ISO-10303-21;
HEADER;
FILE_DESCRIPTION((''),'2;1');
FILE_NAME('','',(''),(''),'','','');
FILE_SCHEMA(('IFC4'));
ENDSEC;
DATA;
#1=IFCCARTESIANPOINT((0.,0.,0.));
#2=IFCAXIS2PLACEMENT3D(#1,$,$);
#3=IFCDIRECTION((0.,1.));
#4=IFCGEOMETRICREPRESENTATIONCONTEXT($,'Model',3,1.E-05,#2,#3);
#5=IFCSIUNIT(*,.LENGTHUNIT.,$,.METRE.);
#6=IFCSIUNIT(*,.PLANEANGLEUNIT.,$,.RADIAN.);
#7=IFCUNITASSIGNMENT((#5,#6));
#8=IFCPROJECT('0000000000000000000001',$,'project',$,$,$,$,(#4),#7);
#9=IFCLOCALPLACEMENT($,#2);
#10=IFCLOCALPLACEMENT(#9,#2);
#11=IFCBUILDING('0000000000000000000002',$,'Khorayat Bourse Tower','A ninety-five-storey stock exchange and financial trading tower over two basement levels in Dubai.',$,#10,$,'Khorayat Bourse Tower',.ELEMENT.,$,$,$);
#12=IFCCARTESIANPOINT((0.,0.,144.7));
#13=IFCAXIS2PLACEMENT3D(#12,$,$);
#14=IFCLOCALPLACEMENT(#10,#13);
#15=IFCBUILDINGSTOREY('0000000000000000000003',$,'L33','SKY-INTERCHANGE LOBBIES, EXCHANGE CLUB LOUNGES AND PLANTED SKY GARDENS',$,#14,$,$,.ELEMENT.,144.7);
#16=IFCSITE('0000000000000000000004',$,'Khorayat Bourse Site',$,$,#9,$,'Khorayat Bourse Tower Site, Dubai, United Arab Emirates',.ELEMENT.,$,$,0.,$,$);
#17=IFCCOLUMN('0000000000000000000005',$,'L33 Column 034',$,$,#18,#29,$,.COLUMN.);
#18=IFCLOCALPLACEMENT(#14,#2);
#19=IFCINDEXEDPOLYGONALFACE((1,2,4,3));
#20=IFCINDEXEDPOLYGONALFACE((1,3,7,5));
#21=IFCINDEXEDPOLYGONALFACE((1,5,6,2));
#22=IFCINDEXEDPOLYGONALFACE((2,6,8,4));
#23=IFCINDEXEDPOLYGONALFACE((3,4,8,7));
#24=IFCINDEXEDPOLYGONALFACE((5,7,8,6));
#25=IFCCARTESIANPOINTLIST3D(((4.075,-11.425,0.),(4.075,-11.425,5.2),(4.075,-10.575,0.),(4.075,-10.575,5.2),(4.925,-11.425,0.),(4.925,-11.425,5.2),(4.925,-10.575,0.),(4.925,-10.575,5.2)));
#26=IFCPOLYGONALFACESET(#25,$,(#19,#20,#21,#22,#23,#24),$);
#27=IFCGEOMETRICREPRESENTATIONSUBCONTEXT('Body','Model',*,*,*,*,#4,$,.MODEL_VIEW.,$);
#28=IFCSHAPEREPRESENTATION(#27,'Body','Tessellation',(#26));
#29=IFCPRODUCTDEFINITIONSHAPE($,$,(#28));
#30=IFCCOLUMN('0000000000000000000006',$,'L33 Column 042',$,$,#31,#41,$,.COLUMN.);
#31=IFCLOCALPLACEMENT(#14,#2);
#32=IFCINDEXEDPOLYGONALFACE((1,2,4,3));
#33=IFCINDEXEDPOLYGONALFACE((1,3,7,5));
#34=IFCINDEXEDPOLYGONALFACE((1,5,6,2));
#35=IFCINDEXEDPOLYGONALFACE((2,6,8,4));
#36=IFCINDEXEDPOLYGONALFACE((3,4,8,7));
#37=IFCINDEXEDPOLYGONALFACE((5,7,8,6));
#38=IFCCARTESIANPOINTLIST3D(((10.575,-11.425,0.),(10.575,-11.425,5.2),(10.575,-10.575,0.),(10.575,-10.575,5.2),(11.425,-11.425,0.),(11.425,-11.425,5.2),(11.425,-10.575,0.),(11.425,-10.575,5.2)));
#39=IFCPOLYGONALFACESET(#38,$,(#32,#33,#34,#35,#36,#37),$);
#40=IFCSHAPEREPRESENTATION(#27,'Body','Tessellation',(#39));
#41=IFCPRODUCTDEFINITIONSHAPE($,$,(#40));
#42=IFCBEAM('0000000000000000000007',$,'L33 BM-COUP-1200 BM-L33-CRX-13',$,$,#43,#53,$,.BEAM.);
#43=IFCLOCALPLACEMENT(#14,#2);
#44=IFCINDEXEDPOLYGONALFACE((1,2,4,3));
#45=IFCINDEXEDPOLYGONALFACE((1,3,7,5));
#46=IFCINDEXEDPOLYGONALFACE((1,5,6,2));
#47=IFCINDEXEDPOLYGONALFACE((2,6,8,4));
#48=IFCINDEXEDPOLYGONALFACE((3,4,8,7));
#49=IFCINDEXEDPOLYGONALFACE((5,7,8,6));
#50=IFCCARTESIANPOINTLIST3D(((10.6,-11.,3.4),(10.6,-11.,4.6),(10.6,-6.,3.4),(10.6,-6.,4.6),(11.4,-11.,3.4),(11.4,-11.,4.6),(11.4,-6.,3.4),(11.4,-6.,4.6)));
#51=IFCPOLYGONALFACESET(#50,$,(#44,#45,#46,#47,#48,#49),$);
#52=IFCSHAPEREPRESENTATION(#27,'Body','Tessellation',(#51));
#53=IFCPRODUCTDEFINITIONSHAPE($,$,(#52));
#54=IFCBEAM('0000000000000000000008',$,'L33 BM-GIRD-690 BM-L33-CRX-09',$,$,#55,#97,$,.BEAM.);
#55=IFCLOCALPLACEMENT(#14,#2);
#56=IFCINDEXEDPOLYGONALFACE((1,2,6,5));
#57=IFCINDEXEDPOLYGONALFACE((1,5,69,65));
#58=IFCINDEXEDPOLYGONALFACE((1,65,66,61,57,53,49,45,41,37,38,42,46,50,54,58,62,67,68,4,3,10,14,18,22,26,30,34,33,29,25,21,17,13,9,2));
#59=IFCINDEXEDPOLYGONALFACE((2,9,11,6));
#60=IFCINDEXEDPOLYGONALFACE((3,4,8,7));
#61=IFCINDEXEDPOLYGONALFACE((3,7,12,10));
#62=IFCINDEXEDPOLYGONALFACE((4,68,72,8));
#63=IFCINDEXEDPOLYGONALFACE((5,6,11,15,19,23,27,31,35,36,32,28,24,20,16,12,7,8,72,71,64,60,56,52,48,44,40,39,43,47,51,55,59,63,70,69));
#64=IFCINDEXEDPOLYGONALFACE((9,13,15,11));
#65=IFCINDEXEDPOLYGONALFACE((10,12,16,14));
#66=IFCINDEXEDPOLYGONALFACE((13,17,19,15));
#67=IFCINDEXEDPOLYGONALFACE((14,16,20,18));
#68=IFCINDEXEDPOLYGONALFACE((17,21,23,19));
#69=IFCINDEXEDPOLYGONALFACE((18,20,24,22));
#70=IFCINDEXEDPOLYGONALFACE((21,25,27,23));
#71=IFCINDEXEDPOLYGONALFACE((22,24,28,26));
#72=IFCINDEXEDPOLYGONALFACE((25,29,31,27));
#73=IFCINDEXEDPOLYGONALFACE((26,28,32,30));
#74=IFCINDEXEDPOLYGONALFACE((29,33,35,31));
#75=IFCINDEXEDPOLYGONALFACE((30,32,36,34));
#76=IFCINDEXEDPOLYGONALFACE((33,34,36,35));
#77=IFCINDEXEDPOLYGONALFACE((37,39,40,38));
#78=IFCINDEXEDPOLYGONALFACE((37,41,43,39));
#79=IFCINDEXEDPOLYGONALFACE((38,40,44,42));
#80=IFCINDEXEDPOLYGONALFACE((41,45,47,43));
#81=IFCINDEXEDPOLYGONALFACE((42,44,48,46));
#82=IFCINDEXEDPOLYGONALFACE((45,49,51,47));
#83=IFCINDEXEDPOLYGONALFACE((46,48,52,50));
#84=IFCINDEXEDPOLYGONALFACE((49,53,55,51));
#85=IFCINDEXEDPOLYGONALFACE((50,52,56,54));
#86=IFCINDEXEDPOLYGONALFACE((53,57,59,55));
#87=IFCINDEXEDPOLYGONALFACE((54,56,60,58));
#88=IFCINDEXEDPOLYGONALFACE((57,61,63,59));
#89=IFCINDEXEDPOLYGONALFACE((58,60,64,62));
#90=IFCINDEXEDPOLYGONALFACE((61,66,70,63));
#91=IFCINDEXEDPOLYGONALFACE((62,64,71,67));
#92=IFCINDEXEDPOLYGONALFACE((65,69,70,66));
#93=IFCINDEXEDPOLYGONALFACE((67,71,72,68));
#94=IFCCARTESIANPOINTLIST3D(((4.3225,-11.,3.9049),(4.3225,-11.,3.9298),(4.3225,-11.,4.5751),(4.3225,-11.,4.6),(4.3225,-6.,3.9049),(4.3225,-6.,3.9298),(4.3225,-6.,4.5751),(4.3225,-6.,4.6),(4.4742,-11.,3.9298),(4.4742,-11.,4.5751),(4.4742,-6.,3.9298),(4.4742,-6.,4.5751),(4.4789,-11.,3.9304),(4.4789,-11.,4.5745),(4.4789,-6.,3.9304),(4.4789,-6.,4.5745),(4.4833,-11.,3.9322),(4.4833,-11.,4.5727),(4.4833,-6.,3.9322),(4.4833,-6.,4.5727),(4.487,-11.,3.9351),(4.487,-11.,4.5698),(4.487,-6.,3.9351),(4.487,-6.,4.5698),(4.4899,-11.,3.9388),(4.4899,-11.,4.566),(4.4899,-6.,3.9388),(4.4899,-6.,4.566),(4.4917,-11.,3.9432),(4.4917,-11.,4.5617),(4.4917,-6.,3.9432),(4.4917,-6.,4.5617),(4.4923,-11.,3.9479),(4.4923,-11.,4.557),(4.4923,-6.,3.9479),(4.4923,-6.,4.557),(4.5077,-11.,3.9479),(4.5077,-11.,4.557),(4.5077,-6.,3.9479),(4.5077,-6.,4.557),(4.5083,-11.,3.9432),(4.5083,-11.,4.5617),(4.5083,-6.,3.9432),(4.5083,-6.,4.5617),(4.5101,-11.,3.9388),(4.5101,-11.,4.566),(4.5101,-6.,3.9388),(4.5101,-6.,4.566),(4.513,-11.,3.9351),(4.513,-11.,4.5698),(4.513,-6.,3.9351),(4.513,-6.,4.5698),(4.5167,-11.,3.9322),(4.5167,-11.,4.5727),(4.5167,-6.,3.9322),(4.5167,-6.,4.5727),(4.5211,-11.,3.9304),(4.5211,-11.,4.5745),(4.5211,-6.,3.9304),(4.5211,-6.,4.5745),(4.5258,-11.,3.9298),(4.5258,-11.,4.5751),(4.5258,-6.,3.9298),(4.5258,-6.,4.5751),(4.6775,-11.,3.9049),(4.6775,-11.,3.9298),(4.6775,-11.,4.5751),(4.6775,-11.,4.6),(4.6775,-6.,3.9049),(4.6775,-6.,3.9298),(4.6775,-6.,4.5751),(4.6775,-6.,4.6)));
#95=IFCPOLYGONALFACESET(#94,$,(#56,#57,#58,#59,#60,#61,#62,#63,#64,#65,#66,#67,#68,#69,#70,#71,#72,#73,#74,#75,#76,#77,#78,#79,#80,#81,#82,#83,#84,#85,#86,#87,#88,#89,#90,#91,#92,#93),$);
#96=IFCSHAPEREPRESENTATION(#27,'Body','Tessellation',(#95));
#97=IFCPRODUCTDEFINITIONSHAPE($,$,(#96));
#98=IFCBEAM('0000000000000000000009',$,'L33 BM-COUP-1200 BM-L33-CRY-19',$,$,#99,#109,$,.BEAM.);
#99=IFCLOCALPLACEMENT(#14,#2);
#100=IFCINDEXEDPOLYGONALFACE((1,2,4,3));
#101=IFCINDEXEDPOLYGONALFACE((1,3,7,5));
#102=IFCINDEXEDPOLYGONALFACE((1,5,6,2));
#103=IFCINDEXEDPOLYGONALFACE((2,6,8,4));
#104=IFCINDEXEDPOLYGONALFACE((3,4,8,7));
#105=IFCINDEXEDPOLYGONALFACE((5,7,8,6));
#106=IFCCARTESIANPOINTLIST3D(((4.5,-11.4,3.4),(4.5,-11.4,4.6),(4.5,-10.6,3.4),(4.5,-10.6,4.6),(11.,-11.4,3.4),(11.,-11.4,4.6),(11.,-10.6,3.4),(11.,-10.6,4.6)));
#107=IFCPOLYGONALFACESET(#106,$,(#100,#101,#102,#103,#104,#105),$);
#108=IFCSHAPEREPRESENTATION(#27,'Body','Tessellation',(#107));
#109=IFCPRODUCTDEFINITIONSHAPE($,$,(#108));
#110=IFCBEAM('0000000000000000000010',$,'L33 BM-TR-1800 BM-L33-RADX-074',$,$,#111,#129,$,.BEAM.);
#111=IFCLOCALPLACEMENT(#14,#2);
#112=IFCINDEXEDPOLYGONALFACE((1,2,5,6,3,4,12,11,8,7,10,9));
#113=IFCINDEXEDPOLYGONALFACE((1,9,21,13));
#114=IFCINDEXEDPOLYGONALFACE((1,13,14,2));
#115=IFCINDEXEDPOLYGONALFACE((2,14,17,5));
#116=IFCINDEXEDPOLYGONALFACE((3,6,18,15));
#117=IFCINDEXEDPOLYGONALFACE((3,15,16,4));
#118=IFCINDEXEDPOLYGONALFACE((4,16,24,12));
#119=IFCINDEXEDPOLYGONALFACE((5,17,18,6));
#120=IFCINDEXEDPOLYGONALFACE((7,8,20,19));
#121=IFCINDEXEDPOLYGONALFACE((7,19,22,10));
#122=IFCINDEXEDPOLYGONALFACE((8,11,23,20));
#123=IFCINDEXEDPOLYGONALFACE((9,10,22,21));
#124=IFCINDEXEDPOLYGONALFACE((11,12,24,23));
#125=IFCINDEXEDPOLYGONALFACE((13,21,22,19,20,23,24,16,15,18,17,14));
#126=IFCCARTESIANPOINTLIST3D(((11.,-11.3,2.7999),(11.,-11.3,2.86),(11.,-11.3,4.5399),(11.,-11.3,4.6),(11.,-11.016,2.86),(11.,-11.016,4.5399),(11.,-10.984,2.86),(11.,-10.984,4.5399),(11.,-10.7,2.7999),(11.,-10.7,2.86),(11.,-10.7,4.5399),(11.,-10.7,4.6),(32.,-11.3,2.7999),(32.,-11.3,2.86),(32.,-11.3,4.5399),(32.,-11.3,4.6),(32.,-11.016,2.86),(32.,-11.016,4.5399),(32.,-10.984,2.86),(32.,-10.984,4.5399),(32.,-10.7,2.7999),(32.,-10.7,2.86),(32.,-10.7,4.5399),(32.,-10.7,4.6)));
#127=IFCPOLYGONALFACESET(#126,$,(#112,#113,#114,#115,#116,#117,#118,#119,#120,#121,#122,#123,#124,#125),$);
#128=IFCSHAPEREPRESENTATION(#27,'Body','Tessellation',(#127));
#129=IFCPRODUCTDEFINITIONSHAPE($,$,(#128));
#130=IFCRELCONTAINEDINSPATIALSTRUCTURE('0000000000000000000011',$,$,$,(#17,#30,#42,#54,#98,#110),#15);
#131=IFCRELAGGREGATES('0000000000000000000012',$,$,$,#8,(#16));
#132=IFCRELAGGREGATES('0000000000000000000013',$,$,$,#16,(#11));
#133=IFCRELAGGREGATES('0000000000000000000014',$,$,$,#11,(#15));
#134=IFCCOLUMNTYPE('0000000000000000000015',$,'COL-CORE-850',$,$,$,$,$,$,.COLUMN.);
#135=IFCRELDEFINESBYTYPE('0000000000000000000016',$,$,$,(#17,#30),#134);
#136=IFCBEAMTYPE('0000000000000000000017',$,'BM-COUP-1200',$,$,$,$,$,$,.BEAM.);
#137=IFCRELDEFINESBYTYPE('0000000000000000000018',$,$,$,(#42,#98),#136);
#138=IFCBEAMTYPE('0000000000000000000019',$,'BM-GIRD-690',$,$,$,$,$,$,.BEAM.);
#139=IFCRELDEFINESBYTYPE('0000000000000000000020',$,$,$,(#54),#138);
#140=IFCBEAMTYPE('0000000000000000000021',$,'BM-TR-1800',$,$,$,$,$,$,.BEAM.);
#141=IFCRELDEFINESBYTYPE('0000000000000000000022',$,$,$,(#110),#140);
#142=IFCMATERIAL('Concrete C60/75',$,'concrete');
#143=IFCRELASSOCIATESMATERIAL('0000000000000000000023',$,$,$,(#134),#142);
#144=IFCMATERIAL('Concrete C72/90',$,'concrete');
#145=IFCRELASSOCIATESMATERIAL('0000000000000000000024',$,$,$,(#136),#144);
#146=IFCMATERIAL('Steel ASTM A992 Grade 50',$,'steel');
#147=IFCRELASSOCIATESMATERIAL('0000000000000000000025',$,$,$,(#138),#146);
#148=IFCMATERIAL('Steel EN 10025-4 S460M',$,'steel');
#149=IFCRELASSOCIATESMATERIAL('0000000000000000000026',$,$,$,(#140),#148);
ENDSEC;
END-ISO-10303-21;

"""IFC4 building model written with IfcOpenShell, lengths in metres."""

from ifc_helpers import new_model, si_unit, direction, frame, origin, origin_2d, place, context, subcontext, project, spatial, rectangle, i_section, extrude, source, transform, mapped, material, material_profile, profile_set, type_object, element, save


model = new_model("IFC4")

# Units and contexts
model_context = context("Model", 3, precision=1e-05, world=origin(), true_north=direction((0.0, 1.0)))
body_context = subcontext(model_context, "Body", "Model", "MODEL_VIEW")
ifc_project = project(units=[si_unit("LENGTHUNIT", "METRE"), si_unit("PLANEANGLEUNIT", "RADIAN")], contexts=[model_context])

# Site, building, storey
site_placement = place(None, origin())
site = spatial("IfcSite", under=ifc_project, at=site_placement, Name="Khorayat Bourse Site", LongName="Khorayat Bourse Tower Site, Dubai, United Arab Emirates", CompositionType="ELEMENT", RefElevation=0.0)
building_placement = place(site_placement, origin())
building = spatial("IfcBuilding", under=site, at=building_placement, Name="Khorayat Bourse Tower", Description="A ninety-five-storey stock exchange and financial trading tower over two basement levels in Dubai.", LongName="Khorayat Bourse Tower", CompositionType="ELEMENT")
storey_placement = place(building_placement, frame((0.0, 0.0, 144.7)))
storey = spatial("IfcBuildingStorey", under=building, at=storey_placement, Name="L33", Description="SKY-INTERCHANGE LOBBIES, EXCHANGE CLUB LOUNGES AND PLANTED SKY GARDENS", CompositionType="ELEMENT", Elevation=144.7)

# Columns
ifc_material_1 = material(Name="Concrete C60/75", Category="concrete")
ifc_material_profile_1 = material_profile(ifc_material_1, rectangle(XDim=0.8501, YDim=0.8501, at=origin_2d()), Name="RC 850x850")
ifc_profile_set_1 = profile_set([ifc_material_profile_1], Name="Concrete C60/75")
column_type = type_object("IfcColumnType", Name="COL-CORE-850", PredefinedType="COLUMN", material=ifc_profile_set_1)
shared_shape_1 = source(origin(), body_context, "Body", "SweptSolid", [
    extrude(rectangle(XDim=0.8501, YDim=0.8501, at=origin_2d()), origin(), (0.0, 0.0, 1.0), 5.2),
])
for number, where, z_axis, x_axis, name in (
    (1, (4.5, -11.0, 0.0), (0.0, 0.0, 1.0), (1.0, 0.0, 0.0), "L33 Column 034"),
    (2, (11.0, -11.0, 0.0), (0.0, 0.0, 1.0), (1.0, 0.0, 0.0), "L33 Column 042"),
):
    element("IfcColumn", number, at=place(storey_placement, frame(where, z_axis=z_axis, x_axis=x_axis)), inside=storey, type_object=column_type, Name=name, PredefinedType="COLUMN", context=body_context, shape_type="MappedRepresentation", body=[
        mapped(shared_shape_1, transform((0.0, 0.0, 0.0), scale=1.0)),
    ])

# Beams
ifc_material_2 = material(Name="Concrete C72/90", Category="concrete")
ifc_material_profile_2 = material_profile(ifc_material_2, rectangle(XDim=0.8, YDim=1.2, at=origin_2d()), Name="RC 800x1200")
ifc_profile_set_2 = profile_set([ifc_material_profile_2], Name="Concrete C72/90")
beam_type_1 = type_object("IfcBeamType", Name="BM-COUP-1200", PredefinedType="BEAM", material=ifc_profile_set_2)
shared_shape_2 = source(origin(), body_context, "Body", "SweptSolid", [
    extrude(rectangle(XDim=0.8, YDim=1.2, at=origin_2d()), origin(), (0.0, 0.0, 1.0), 5.0),
])
beam_1_placement = place(storey_placement, frame((11.0, -11.0, 4.0), z_axis=(0.0, 1.0, 0.0), x_axis=(-1.0, 0.0, 0.0)))
element("IfcBeam", 3, at=beam_1_placement, inside=storey, type_object=beam_type_1, Name="L33 BM-COUP-1200 BM-L33-CRX-13", PredefinedType="BEAM", context=body_context, shape_type="MappedRepresentation", body=[
    mapped(shared_shape_2, transform((0.0, 0.0, 0.0), scale=1.0)),
])
ifc_material_3 = material(Name="Steel ASTM A992 Grade 50", Category="steel")
ifc_material_profile_3 = material_profile(ifc_material_3, i_section(OverallWidth=0.355, OverallDepth=0.6951, WebThickness=0.0154, FlangeThickness=0.0249, FilletRadius=0.0181, at=origin_2d()), Name="W690X217")
ifc_profile_set_3 = profile_set([ifc_material_profile_3], Name="Steel ASTM A992 Grade 50")
beam_type_2 = type_object("IfcBeamType", Name="BM-GIRD-690", PredefinedType="BEAM", material=ifc_profile_set_3)
shared_shape_3 = source(origin(), body_context, "Body", "SweptSolid", [
    extrude(i_section(OverallWidth=0.355, OverallDepth=0.6951, WebThickness=0.0154, FlangeThickness=0.0249, FilletRadius=0.0181, at=origin_2d()), origin(), (0.0, 0.0, 1.0), 5.0),
])
beam_2_placement = place(storey_placement, frame((4.5, -11.0, 4.2524), z_axis=(0.0, 1.0, 0.0), x_axis=(-1.0, 0.0, 0.0)))
element("IfcBeam", 4, at=beam_2_placement, inside=storey, type_object=beam_type_2, Name="L33 BM-GIRD-690 BM-L33-CRX-09", PredefinedType="BEAM", context=body_context, shape_type="MappedRepresentation", body=[
    mapped(shared_shape_3, transform((0.0, 0.0, 0.0), scale=1.0)),
])
shared_shape_4 = source(origin(), body_context, "Body", "SweptSolid", [
    extrude(rectangle(XDim=0.8, YDim=1.2, at=origin_2d()), origin(), (0.0, 0.0, 1.0), 6.5),
])
beam_3_placement = place(storey_placement, frame((4.5, -11.0, 4.0), z_axis=(1.0, 0.0, 0.0), x_axis=(0.0, 1.0, 0.0)))
element("IfcBeam", 5, at=beam_3_placement, inside=storey, type_object=beam_type_1, Name="L33 BM-COUP-1200 BM-L33-CRY-19", PredefinedType="BEAM", context=body_context, shape_type="MappedRepresentation", body=[
    mapped(shared_shape_4, transform((0.0, 0.0, 0.0), scale=1.0)),
])
ifc_material_4 = material(Name="Steel EN 10025-4 S460M", Category="steel")
ifc_material_profile_4 = material_profile(ifc_material_4, i_section(OverallWidth=0.6001, OverallDepth=1.8, WebThickness=0.032, FlangeThickness=0.0601, at=origin_2d()), Name="PG 1800x600x32x60")
ifc_profile_set_4 = profile_set([ifc_material_profile_4], Name="Steel EN 10025-4 S460M")
beam_type_3 = type_object("IfcBeamType", Name="BM-TR-1800", PredefinedType="BEAM", material=ifc_profile_set_4)
shared_shape_5 = source(origin(), body_context, "Body", "SweptSolid", [
    extrude(i_section(OverallWidth=0.6001, OverallDepth=1.8, WebThickness=0.032, FlangeThickness=0.0601, at=origin_2d()), origin(), (0.0, 0.0, 1.0), 21.0),
])
beam_4_placement = place(storey_placement, frame((11.0, -11.0, 3.7), z_axis=(1.0, 0.0, 0.0), x_axis=(0.0, 1.0, 0.0)))
element("IfcBeam", 6, at=beam_4_placement, inside=storey, type_object=beam_type_3, Name="L33 BM-TR-1800 BM-L33-RADX-074", PredefinedType="BEAM", context=body_context, shape_type="MappedRepresentation", body=[
    mapped(shared_shape_5, transform((0.0, 0.0, 0.0), scale=1.0)),
])

save(model, "model.ifc")
